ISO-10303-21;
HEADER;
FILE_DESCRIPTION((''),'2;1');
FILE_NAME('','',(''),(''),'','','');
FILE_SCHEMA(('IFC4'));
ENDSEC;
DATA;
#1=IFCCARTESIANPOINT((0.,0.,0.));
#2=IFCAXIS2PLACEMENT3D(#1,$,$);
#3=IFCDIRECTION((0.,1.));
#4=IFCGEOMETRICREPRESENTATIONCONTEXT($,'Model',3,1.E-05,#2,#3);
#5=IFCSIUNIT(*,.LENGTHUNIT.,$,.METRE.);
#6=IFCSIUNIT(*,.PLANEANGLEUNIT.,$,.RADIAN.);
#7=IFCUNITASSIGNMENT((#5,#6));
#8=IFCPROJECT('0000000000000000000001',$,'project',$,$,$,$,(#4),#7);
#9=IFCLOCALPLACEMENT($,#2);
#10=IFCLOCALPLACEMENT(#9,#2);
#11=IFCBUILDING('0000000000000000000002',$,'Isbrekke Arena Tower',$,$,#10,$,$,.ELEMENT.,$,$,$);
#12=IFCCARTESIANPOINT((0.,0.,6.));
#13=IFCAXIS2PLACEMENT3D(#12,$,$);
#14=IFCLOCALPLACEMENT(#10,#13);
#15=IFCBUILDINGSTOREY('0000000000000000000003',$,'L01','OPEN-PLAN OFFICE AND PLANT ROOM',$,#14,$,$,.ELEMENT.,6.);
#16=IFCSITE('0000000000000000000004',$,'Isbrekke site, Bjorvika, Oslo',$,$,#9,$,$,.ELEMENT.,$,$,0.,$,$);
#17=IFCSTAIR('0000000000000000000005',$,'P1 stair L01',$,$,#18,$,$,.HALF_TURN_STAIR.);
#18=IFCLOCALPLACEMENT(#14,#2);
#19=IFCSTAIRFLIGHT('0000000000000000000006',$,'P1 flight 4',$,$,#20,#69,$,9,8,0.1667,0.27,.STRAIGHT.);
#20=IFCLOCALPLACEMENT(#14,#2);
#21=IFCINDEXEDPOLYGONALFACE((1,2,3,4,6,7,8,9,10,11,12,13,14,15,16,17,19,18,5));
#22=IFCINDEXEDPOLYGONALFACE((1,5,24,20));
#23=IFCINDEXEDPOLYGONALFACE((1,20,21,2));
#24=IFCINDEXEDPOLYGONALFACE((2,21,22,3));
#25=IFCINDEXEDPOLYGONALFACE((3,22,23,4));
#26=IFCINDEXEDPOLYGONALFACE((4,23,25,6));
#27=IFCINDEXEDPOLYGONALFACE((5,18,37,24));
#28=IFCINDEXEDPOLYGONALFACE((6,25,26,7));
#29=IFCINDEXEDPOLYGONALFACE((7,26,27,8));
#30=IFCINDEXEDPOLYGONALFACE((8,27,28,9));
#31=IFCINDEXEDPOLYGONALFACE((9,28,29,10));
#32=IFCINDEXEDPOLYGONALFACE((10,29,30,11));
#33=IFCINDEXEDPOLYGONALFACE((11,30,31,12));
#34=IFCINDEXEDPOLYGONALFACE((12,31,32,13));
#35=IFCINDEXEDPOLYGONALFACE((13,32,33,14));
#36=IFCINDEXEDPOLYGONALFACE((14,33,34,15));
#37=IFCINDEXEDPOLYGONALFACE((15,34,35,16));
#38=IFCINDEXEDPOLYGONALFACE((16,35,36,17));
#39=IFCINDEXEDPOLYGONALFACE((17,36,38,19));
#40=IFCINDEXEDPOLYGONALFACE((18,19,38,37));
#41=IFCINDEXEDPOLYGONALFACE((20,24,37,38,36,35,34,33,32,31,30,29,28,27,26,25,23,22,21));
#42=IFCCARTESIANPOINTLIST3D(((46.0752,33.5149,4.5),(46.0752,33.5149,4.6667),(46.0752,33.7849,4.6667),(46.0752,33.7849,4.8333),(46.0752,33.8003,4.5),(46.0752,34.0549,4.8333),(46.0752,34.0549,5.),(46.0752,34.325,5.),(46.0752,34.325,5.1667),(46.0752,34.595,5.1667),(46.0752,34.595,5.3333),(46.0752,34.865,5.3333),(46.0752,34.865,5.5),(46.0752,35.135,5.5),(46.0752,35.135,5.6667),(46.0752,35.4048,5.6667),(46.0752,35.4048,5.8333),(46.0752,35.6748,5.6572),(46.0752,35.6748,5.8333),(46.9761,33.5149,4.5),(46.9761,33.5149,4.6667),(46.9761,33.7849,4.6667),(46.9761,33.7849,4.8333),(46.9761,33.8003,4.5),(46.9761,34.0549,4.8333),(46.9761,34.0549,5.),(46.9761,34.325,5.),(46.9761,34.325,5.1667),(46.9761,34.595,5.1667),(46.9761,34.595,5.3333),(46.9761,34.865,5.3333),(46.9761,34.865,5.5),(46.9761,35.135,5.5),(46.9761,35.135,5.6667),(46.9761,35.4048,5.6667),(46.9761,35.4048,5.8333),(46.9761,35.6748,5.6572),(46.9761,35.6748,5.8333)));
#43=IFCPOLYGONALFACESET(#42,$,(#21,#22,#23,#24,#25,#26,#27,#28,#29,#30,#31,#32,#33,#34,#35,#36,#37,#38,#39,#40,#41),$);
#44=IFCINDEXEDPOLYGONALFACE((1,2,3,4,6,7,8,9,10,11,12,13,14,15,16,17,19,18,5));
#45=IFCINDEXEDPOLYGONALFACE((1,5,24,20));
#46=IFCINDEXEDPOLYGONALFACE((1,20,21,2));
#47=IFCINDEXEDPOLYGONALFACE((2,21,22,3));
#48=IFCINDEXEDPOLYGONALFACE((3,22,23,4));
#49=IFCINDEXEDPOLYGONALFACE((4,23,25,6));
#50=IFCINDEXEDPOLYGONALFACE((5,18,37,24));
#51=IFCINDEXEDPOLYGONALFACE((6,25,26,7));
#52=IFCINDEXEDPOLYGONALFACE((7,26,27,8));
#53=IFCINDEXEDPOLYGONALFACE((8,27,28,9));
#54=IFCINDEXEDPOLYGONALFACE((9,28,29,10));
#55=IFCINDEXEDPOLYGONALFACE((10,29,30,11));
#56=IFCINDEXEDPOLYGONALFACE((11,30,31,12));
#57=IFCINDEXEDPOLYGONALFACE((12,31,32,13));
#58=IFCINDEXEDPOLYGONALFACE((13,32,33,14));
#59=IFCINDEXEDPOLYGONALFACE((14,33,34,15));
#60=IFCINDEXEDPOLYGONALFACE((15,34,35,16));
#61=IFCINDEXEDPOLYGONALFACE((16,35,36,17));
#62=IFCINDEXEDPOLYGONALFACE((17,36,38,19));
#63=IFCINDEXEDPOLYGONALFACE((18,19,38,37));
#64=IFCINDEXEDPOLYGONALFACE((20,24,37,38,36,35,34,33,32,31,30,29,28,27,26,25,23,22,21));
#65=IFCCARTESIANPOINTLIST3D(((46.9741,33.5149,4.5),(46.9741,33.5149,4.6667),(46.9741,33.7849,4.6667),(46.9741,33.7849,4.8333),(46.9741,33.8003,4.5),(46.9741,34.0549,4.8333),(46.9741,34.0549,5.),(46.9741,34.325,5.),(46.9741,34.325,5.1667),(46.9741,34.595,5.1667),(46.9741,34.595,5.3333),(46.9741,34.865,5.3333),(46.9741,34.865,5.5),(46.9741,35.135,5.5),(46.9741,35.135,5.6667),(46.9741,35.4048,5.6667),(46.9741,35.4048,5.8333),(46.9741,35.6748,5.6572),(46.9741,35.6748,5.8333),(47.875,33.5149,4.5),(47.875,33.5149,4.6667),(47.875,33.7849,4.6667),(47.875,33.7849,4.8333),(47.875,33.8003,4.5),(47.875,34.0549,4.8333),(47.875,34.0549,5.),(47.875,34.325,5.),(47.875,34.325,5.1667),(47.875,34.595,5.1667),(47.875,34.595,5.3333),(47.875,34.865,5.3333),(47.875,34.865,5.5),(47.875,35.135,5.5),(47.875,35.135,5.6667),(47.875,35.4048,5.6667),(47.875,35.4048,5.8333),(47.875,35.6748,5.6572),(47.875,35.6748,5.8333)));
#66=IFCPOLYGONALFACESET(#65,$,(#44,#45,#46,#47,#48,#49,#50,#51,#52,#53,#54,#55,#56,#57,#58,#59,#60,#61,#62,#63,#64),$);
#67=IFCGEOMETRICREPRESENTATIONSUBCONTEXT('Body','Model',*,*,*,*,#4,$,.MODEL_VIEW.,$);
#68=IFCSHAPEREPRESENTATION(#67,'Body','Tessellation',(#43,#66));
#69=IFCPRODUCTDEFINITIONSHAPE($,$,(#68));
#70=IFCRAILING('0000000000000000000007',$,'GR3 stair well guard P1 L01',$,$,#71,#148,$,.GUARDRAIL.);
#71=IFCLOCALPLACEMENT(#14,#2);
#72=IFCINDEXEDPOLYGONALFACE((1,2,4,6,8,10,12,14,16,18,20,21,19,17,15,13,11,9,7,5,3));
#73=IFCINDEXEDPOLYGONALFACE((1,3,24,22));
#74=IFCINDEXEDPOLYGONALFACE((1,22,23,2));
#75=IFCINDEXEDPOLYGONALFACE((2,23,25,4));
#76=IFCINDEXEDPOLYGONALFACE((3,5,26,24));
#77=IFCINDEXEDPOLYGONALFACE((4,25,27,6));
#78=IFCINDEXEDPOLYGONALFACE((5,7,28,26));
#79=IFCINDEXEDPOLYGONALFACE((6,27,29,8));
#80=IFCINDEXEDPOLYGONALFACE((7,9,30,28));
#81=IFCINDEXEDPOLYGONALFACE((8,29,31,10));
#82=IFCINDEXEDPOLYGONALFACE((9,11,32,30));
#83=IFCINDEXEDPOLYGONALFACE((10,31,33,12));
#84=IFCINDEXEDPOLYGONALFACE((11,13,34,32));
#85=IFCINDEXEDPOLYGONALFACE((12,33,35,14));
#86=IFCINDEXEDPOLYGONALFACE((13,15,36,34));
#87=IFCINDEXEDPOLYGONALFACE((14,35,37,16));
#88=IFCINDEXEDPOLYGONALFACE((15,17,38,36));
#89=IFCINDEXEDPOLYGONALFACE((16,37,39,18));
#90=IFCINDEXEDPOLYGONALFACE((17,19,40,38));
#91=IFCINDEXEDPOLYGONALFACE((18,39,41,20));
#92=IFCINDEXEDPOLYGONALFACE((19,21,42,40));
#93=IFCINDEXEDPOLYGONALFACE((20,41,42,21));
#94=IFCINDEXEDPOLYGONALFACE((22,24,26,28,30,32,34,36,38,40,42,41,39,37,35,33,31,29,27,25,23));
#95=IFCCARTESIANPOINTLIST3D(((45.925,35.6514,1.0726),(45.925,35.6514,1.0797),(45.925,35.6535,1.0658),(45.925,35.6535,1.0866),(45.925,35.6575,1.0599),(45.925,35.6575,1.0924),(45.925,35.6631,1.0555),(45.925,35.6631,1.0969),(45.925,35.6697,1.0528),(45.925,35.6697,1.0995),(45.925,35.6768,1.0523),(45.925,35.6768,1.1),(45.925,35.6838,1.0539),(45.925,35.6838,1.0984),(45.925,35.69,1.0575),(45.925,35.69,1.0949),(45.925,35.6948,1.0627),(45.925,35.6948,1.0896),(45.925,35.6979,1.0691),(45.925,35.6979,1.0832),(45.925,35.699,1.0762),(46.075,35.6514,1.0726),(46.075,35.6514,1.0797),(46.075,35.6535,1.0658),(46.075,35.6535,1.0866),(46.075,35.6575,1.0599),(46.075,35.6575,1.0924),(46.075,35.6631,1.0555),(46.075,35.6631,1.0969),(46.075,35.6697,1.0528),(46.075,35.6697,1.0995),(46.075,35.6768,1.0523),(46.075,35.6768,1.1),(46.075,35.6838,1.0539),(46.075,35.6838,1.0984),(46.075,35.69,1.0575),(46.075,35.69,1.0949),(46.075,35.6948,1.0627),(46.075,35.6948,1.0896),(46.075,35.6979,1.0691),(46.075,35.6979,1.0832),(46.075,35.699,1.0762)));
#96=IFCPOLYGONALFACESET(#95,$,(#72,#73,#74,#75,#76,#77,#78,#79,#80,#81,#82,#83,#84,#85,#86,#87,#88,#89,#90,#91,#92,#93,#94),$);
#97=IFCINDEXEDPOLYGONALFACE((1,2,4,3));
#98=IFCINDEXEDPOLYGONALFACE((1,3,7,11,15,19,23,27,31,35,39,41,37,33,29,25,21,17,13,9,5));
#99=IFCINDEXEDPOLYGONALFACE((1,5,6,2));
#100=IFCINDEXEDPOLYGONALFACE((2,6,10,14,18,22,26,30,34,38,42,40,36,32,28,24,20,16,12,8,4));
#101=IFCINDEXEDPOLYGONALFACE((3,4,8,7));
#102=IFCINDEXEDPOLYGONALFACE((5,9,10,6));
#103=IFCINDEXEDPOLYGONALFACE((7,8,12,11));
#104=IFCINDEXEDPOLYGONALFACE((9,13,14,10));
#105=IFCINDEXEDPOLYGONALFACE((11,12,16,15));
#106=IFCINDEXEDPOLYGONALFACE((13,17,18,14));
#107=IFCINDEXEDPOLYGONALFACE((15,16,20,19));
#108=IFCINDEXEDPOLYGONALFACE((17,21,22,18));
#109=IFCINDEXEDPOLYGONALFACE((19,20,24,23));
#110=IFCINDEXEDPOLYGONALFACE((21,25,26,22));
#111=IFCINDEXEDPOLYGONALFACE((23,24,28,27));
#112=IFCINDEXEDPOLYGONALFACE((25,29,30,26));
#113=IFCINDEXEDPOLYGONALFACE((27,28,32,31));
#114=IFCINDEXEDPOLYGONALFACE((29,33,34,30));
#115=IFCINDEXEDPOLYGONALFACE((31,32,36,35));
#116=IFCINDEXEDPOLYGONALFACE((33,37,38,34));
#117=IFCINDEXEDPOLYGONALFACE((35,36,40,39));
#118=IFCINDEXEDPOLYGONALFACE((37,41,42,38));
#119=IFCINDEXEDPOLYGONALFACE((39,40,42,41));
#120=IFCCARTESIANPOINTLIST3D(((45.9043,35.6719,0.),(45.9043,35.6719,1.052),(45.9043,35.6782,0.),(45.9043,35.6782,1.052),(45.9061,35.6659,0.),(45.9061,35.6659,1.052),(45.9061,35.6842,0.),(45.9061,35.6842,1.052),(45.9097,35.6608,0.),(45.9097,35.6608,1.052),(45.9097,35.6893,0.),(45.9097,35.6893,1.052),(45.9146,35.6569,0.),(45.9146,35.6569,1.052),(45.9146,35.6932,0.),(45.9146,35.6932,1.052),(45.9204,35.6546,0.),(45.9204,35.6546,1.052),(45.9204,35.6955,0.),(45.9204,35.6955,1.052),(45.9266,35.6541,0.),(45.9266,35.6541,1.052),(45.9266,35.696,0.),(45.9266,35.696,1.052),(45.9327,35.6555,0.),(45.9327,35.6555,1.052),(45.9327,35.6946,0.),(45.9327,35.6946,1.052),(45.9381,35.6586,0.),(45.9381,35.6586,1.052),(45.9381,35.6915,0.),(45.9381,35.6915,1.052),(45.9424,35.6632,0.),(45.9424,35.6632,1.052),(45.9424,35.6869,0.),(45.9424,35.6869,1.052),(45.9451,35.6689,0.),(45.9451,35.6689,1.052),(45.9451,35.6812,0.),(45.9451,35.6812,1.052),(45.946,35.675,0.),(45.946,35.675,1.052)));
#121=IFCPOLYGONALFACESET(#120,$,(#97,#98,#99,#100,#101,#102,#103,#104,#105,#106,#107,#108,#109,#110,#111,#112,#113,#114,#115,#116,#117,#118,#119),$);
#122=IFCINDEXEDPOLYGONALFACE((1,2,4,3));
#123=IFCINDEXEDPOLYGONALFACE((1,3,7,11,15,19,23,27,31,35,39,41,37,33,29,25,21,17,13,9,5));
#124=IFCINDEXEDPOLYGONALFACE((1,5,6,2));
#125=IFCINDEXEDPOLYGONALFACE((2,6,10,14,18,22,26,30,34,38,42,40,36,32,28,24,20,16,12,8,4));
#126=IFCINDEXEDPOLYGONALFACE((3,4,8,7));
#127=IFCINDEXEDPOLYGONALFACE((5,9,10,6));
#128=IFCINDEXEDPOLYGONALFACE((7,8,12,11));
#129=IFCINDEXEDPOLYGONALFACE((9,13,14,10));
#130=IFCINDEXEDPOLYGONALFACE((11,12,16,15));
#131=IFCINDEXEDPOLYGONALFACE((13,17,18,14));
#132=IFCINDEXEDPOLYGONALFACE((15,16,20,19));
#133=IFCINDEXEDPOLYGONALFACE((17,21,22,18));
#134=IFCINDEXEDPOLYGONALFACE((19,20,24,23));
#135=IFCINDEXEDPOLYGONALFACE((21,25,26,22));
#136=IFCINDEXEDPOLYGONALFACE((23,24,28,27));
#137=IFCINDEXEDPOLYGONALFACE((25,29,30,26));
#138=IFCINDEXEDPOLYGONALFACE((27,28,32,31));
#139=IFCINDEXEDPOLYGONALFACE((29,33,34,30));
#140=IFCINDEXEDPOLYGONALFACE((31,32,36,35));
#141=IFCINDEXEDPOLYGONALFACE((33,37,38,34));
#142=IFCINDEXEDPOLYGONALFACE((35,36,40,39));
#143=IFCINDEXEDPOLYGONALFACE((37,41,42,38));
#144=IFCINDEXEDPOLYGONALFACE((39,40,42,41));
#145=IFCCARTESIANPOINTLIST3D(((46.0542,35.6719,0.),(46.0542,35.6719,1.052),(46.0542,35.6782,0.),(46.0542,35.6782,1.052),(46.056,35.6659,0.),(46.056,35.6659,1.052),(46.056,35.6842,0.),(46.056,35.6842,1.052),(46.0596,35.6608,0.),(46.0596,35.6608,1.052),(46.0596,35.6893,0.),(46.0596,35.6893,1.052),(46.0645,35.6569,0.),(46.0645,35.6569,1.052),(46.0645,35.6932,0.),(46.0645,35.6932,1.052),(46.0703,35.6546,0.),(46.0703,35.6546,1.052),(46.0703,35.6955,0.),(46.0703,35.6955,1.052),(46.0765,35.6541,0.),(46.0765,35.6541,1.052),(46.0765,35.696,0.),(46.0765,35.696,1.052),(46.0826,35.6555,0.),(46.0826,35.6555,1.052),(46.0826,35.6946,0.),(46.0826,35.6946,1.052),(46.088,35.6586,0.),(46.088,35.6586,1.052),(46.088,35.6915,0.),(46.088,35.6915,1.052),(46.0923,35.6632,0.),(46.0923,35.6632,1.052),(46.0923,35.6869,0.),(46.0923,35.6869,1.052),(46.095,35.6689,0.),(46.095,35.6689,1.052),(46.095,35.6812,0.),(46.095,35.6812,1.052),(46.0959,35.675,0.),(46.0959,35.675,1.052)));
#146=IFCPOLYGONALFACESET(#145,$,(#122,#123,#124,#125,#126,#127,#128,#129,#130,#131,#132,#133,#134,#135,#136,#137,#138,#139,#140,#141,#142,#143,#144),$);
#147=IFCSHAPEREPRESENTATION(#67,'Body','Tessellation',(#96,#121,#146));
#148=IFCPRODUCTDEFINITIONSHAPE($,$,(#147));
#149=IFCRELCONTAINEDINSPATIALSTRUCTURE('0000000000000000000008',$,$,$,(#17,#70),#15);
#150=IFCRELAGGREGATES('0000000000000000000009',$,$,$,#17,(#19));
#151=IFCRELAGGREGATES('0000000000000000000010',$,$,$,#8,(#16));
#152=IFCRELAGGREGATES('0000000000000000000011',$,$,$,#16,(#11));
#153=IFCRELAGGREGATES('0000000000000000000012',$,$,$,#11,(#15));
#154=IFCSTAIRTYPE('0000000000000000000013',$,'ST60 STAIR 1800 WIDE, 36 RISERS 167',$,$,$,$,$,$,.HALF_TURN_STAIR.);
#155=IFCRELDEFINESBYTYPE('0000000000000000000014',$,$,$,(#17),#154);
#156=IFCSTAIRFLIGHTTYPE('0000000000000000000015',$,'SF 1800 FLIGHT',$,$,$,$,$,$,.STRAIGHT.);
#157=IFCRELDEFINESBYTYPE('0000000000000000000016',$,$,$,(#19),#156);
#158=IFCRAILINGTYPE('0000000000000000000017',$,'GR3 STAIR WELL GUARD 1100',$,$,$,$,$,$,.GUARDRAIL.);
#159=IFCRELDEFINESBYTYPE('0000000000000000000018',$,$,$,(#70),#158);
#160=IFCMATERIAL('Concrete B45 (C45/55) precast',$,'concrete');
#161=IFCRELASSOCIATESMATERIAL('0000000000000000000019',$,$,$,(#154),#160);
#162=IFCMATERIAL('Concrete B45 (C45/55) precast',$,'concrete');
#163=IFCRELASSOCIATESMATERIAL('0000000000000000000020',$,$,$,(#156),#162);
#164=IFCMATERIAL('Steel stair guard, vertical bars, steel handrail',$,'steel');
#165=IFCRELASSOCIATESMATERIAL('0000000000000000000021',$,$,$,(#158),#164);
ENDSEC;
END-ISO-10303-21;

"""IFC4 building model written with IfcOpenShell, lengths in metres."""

from ifc_helpers import new_model, si_unit, direction, frame, origin, origin_2d, place, context, subcontext, project, spatial, polyline, circle, outline, extrude, material, type_object, element, aggregate, save


model = new_model("IFC4")

# Units and contexts
model_context = context("Model", 3, precision=1e-05, world=origin(), true_north=direction((0.0, 1.0)))
body_context = subcontext(model_context, "Body", "Model", "MODEL_VIEW")
ifc_project = project(units=[si_unit("LENGTHUNIT", "METRE"), si_unit("PLANEANGLEUNIT", "RADIAN")], contexts=[model_context])

# Site, building, storey
site_placement = place(None, origin())
site = spatial("IfcSite", under=ifc_project, at=site_placement, Name="Isbrekke site, Bjorvika, Oslo", CompositionType="ELEMENT", RefElevation=0.0)
building_placement = place(site_placement, origin())
building = spatial("IfcBuilding", under=site, at=building_placement, Name="Isbrekke Arena Tower", CompositionType="ELEMENT")
storey_placement = place(building_placement, frame((0.0, 0.0, 6.0)))
storey = spatial("IfcBuildingStorey", under=building, at=storey_placement, Name="L01", Description="OPEN-PLAN OFFICE AND PLANT ROOM", CompositionType="ELEMENT", Elevation=6.0)

# Stair, stair flight
ifc_material_1 = material(Name="Concrete B45 (C45/55) precast", Category="concrete")
stair_type = type_object("IfcStairType", Name="ST60 STAIR 1800 WIDE, 36 RISERS 167", PredefinedType="HALF_TURN_STAIR", material=ifc_material_1)
stair_placement = place(storey_placement, origin())
stair = element("IfcStair", 1, at=stair_placement, inside=storey, type_object=stair_type, Name="P1 stair L01", PredefinedType="HALF_TURN_STAIR")
ifc_material_2 = material(Name="Concrete B45 (C45/55) precast", Category="concrete")
stair_flight_type = type_object("IfcStairFlightType", Name="SF 1800 FLIGHT", PredefinedType="STRAIGHT", material=ifc_material_2)
stair_flight_1_placement = place(storey_placement, frame((46.9751, 33.5149, 4.5), z_axis=(0.0, 0.0, 1.0), x_axis=(0.0, 1.0, 0.0)))
stair_flight_1 = element("IfcStairFlight", 2, at=stair_flight_1_placement, type_object=stair_flight_type, Name="P1 flight 4", NumberOfRisers=9, NumberOfTreads=8, PredefinedType="STRAIGHT", RiserHeight=0.1667, TreadLength=0.27, context=body_context, shape_type="SweptSolid", body=[
    extrude(outline(polyline([(0.0, 0.0), (0.0, 0.1667), (0.27, 0.1667), (0.27, 0.3333), (0.54, 0.3333), (0.54, 0.5), (0.8101, 0.5), (0.8101, 0.6667), (1.0801, 0.6667), (1.0801, 0.8333), (1.3501, 0.8333), (1.3501, 1.0), (1.6201, 1.0), (1.6201, 1.1667), (1.8899, 1.1667), (1.8899, 1.3333), (2.1599, 1.3333), (2.1599, 1.5), (2.1599, 1.1572), (0.2854, 0.0), (0.0, 0.0)])), frame((0.0, 0.8999, 0.0), z_axis=(0.0, -1.0, 0.0), x_axis=(1.0, 0.0, 0.0)), (0.0, 0.0, 1.0), 0.9009),
    extrude(outline(polyline([(0.0, 0.0), (0.0, 0.1667), (0.27, 0.1667), (0.27, 0.3333), (0.54, 0.3333), (0.54, 0.5), (0.8101, 0.5), (0.8101, 0.6667), (1.0801, 0.6667), (1.0801, 0.8333), (1.3501, 0.8333), (1.3501, 1.0), (1.6201, 1.0), (1.6201, 1.1667), (1.8899, 1.1667), (1.8899, 1.3333), (2.1599, 1.3333), (2.1599, 1.5), (2.1599, 1.1572), (0.2854, 0.0), (0.0, 0.0)])), frame((0.0, 0.001, 0.0), z_axis=(0.0, -1.0, 0.0), x_axis=(1.0, 0.0, 0.0)), (0.0, 0.0, 1.0), 0.9009),
])
aggregate(stair, [stair_flight_1])

# Railing
ifc_material_3 = material(Name="Steel stair guard, vertical bars, steel handrail", Category="steel")
railing_type = type_object("IfcRailingType", Name="GR3 STAIR WELL GUARD 1100", PredefinedType="GUARDRAIL", material=ifc_material_3)
for number, where, name in (
    (3, (45.925, 35.675, 0.0), "GR3 stair well guard P1 L01"),
):
    element("IfcRailing", number, at=place(storey_placement, frame(where)), inside=storey, type_object=railing_type, Name=name, PredefinedType="GUARDRAIL", context=body_context, shape_type="SweptSolid", body=[
        extrude(circle(Radius=0.0239, at=origin_2d()), frame((0.0, 0.0, 1.0762), z_axis=(1.0, 0.0, 0.0), x_axis=(0.0, 1.0, 0.0)), (0.0, 0.0, 1.0), 0.1499),
        extrude(circle(Radius=0.021, at=origin_2d()), origin(), (0.0, 0.0, 1.0), 1.052),
        extrude(circle(Radius=0.021, at=origin_2d()), frame((0.1499, 0.0, 0.0)), (0.0, 0.0, 1.0), 1.052),
    ])

save(model, "model.ifc")
